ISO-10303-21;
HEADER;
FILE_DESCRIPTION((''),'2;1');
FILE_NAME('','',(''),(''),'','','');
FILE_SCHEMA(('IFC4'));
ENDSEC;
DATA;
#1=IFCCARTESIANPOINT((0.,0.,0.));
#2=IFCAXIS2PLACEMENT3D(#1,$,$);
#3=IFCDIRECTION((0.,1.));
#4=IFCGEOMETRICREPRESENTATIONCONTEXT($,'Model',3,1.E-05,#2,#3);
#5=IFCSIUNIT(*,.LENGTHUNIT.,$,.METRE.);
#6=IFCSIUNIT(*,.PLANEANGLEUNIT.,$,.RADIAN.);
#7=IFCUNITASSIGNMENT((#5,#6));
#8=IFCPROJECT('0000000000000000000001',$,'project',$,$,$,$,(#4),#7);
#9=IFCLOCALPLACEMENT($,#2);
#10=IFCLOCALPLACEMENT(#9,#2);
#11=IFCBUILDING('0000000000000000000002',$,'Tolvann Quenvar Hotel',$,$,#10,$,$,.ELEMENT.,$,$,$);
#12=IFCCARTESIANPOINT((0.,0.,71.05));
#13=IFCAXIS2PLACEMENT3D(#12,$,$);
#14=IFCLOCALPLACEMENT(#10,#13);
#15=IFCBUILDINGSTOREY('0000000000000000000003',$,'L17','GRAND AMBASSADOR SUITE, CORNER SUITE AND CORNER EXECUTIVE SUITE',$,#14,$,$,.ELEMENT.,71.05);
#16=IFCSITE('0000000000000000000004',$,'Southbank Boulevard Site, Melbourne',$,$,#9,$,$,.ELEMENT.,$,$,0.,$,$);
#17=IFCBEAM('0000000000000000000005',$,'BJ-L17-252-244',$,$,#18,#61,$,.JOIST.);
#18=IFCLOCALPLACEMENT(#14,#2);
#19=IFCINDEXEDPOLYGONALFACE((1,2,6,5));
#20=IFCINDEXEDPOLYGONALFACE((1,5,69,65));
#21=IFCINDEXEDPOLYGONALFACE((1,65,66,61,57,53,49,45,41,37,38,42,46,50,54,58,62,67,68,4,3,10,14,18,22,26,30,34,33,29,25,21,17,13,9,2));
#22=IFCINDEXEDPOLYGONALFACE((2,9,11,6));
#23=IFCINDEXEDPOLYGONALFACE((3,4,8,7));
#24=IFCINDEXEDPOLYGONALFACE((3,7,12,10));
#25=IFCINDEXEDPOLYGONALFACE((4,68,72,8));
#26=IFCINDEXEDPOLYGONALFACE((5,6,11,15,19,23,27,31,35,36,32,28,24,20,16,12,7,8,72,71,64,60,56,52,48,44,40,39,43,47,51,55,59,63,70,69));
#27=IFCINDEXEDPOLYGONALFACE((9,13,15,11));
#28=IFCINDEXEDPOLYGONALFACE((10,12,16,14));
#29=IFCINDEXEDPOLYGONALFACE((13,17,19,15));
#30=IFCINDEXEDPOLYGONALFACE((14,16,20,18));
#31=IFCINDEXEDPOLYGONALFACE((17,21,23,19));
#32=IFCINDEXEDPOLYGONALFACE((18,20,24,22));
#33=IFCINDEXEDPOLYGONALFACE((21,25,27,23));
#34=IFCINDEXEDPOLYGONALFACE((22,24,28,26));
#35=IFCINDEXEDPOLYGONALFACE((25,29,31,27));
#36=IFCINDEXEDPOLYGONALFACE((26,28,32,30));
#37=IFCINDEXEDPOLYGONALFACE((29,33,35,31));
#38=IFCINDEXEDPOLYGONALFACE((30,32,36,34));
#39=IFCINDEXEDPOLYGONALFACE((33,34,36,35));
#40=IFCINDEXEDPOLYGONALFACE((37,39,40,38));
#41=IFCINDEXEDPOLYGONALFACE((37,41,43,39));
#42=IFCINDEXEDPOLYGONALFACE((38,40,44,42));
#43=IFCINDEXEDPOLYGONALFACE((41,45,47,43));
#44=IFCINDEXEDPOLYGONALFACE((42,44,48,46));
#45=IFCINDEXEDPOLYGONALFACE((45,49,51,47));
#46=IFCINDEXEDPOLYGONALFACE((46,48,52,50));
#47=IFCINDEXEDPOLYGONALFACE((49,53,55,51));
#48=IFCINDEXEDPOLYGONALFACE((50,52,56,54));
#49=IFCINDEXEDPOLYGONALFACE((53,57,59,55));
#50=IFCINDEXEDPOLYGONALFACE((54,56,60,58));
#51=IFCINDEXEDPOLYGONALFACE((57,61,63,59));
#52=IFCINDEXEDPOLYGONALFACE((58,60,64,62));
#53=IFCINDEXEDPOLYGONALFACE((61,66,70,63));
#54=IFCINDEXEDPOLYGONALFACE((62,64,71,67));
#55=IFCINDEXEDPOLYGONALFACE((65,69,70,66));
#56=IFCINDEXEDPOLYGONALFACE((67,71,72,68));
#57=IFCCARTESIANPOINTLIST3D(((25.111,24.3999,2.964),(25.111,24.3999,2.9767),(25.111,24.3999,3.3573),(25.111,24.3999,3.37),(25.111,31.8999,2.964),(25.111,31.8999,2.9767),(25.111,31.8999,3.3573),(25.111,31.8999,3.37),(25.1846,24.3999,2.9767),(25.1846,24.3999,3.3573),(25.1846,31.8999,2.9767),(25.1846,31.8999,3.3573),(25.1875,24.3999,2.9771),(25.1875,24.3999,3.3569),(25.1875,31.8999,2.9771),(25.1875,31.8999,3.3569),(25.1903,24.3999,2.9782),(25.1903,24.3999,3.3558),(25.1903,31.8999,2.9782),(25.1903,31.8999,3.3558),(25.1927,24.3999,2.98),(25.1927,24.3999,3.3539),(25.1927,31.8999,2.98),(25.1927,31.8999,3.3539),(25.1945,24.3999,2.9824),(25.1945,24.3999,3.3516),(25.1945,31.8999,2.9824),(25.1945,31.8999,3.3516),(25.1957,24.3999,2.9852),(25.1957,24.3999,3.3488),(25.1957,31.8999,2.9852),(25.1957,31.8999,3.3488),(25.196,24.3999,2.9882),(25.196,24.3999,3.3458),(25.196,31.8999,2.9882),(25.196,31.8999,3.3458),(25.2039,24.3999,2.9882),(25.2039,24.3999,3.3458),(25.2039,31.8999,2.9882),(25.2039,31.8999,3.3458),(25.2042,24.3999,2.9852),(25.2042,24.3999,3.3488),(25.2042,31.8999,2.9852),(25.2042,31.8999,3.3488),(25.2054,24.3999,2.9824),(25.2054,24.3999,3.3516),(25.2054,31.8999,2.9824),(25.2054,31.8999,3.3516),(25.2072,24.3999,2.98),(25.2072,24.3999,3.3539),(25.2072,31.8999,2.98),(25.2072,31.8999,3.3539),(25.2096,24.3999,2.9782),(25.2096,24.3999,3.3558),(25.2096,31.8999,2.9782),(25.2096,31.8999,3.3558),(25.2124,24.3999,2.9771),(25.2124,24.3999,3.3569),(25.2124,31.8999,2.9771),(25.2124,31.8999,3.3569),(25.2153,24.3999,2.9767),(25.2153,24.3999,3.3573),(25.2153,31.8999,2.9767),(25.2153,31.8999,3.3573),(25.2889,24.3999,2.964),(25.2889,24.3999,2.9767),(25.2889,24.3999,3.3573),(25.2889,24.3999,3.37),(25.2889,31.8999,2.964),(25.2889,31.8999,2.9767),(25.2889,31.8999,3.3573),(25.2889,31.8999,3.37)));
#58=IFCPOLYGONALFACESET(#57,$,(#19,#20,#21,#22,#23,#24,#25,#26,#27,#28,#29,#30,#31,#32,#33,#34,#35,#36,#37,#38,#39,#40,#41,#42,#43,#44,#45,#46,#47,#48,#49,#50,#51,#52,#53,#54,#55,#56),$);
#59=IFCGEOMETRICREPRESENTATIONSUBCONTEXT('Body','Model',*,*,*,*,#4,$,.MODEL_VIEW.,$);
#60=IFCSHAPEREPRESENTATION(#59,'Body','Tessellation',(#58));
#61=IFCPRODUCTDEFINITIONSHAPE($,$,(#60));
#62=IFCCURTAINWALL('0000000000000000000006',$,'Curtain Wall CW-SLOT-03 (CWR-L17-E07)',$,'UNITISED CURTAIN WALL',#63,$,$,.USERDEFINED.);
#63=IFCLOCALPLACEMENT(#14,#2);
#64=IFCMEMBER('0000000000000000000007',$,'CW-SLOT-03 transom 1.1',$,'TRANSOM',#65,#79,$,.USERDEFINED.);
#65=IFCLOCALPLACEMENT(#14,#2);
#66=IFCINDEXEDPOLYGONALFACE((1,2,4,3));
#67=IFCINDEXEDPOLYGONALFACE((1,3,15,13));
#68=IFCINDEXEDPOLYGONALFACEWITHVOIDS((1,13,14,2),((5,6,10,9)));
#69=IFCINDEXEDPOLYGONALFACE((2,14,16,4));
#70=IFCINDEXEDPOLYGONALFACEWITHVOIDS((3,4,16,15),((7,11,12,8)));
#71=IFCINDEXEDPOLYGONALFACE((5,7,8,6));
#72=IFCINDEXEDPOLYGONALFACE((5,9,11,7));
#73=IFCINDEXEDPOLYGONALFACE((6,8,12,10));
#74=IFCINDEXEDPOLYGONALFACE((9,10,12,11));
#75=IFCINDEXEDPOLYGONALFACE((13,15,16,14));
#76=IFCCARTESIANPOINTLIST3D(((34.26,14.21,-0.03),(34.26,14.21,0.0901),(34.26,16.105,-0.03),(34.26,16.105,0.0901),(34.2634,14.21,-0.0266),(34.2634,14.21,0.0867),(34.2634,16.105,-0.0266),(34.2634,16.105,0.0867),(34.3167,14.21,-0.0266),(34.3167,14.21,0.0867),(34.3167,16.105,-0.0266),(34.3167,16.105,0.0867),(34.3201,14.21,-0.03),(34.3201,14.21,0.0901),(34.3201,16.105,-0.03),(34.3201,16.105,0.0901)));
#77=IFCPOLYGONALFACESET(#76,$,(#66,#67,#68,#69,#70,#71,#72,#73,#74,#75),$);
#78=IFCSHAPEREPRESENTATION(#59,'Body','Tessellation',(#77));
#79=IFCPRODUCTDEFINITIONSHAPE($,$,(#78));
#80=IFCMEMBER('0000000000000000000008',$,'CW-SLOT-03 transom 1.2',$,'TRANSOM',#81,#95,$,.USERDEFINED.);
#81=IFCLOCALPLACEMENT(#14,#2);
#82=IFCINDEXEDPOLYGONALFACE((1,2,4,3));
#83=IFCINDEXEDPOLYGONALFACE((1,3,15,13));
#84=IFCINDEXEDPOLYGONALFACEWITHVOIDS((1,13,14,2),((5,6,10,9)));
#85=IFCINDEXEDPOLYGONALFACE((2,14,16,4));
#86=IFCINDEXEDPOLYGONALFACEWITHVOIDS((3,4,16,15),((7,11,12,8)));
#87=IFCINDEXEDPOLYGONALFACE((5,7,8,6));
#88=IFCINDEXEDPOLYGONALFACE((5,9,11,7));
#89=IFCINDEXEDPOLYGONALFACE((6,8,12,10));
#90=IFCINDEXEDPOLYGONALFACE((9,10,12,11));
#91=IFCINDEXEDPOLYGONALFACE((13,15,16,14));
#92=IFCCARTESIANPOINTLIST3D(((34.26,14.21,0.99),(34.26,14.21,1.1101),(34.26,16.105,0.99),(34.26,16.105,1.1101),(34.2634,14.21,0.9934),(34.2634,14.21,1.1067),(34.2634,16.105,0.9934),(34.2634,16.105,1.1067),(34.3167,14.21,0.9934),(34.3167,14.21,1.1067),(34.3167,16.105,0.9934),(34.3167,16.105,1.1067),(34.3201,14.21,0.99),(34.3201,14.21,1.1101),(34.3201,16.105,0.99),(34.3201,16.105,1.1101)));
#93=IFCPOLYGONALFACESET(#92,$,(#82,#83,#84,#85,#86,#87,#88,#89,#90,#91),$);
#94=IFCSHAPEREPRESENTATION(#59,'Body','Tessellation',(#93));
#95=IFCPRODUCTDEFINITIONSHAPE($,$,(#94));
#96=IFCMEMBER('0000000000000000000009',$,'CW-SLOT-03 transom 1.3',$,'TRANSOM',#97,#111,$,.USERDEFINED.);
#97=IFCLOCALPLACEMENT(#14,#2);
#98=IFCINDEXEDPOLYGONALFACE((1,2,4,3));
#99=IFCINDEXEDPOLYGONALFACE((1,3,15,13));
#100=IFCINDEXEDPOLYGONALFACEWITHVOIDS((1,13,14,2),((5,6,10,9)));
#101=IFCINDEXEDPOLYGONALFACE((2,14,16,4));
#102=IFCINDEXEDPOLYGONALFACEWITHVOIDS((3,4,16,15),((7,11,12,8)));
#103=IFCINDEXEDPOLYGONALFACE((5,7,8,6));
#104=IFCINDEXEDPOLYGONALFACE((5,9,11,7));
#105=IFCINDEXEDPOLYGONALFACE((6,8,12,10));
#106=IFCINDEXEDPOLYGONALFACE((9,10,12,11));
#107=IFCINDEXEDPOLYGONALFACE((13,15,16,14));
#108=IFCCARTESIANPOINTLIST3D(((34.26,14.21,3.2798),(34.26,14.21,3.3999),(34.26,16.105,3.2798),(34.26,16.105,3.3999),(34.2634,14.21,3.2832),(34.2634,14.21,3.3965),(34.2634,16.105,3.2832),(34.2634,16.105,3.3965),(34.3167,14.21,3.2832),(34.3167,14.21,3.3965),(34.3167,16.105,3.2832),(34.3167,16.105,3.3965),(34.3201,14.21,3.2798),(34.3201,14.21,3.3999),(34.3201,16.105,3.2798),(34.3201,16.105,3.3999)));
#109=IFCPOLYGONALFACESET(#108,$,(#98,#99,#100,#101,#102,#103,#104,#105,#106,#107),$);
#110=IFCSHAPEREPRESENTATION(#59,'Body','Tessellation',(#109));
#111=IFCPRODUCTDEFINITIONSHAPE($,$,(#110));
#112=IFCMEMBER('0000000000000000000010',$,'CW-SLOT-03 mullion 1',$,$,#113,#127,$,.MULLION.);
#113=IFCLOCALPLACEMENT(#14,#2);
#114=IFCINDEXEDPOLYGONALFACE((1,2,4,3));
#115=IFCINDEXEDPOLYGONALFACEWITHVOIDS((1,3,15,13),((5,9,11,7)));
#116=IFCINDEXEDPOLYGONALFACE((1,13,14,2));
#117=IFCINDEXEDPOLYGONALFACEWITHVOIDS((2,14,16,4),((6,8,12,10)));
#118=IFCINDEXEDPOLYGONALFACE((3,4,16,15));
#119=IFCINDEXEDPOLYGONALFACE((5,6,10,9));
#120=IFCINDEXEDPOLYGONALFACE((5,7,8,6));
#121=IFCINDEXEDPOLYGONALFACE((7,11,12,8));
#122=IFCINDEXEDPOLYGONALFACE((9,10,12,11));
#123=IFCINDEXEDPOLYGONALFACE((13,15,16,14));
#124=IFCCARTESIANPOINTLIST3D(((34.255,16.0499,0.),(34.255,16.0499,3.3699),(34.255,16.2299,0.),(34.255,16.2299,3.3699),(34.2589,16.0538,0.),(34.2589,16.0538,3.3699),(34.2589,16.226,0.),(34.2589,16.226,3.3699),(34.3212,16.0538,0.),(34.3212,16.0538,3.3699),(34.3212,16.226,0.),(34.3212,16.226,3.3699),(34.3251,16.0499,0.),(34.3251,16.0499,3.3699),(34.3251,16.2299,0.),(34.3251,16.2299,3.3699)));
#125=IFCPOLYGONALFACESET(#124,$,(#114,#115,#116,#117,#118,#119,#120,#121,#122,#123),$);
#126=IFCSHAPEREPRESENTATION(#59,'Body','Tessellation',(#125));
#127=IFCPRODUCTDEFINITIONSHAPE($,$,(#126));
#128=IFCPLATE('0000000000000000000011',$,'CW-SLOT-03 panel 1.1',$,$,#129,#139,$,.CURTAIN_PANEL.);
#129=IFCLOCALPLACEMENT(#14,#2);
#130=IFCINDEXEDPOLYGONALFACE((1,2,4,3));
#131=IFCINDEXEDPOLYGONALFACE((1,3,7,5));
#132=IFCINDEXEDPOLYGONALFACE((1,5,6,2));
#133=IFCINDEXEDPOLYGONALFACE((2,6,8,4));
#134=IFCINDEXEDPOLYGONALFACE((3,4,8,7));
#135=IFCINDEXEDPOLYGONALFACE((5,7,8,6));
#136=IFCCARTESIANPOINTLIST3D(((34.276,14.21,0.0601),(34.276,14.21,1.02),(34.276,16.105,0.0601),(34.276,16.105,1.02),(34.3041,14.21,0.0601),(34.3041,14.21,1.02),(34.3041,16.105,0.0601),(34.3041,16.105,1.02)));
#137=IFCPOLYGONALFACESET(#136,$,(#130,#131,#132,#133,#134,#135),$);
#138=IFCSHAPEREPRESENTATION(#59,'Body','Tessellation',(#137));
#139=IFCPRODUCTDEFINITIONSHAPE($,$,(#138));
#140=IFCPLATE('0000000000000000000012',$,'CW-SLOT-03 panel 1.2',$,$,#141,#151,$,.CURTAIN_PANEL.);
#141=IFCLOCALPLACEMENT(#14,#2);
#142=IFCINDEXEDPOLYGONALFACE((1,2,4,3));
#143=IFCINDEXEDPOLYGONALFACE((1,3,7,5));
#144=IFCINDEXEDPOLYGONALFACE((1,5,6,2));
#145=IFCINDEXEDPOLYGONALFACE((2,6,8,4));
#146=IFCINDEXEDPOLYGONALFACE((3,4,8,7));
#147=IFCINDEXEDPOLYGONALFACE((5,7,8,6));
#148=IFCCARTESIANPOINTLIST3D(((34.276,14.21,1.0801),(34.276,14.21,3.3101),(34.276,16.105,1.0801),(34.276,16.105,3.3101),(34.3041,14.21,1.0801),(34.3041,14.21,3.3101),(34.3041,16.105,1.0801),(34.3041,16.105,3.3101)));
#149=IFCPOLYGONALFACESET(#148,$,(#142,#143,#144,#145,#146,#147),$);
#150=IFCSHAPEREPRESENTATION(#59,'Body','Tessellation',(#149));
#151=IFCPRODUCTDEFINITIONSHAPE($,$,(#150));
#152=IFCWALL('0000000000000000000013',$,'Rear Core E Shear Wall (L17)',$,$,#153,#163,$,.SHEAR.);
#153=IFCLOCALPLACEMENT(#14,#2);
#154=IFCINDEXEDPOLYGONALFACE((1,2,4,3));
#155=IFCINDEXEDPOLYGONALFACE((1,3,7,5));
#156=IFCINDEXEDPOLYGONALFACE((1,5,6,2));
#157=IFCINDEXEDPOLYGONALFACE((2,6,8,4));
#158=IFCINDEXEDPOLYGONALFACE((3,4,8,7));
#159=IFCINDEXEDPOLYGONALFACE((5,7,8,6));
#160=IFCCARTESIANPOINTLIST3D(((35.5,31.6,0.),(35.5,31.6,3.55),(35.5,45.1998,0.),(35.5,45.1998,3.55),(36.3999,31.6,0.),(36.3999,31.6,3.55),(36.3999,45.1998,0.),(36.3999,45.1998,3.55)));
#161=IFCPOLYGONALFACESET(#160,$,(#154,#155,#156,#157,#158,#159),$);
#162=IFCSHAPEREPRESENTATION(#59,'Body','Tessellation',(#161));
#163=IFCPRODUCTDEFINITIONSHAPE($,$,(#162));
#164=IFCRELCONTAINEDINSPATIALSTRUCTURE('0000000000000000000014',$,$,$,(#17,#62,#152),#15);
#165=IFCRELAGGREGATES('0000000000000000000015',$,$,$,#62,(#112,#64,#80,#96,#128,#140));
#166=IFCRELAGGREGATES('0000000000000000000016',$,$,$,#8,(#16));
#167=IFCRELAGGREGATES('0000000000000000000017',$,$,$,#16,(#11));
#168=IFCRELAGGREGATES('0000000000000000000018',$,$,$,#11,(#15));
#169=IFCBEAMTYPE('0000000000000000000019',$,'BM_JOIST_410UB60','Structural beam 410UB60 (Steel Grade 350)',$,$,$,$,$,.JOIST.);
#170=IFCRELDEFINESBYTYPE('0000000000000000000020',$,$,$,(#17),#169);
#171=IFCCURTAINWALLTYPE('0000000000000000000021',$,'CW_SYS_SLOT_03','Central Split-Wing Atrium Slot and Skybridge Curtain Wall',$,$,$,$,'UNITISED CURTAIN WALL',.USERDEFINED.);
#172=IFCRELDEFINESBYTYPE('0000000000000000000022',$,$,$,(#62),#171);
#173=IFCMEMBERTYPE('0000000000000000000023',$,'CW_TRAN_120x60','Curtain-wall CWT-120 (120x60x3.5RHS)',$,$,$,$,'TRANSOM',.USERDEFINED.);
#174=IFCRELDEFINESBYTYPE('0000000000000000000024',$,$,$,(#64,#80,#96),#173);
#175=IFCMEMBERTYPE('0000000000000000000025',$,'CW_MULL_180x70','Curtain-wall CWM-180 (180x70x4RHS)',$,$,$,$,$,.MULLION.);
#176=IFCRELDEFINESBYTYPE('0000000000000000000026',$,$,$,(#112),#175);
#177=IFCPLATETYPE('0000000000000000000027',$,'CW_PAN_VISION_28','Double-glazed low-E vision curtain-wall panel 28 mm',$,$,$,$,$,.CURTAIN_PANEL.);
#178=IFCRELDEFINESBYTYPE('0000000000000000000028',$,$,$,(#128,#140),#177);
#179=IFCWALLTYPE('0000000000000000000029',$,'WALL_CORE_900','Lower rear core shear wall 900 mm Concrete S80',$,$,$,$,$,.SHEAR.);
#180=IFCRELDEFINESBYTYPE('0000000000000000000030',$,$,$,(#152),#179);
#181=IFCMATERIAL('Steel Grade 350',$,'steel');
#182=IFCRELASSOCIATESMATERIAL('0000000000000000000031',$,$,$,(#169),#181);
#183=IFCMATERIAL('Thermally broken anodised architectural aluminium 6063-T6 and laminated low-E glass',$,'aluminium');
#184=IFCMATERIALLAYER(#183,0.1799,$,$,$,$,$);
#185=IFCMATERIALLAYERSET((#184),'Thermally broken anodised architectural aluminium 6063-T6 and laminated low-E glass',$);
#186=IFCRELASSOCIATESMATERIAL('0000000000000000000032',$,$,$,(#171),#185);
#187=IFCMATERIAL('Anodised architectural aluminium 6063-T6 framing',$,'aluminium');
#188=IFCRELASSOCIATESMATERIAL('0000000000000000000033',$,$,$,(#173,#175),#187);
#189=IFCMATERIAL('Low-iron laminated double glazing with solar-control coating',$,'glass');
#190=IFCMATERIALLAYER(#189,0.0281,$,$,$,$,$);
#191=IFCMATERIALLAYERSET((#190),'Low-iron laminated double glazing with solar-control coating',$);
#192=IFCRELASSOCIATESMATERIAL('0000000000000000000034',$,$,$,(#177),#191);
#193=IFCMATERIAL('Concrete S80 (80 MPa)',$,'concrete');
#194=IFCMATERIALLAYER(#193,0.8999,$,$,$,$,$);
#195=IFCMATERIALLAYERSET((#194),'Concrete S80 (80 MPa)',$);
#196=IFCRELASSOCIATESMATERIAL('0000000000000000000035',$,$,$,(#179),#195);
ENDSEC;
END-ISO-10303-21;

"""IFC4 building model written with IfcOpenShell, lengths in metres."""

from ifc_helpers import new_model, si_unit, direction, frame, frame_2d, origin, origin_2d, place, context, subcontext, project, spatial, rectangle, hollow_rectangle, i_section, extrude, source, transform, mapped, material, layer, layer_set, material_profile, profile_set, type_object, type_shapes, element, aggregate, save


model = new_model("IFC4")

# Units and contexts
model_context = context("Model", 3, precision=1e-05, world=origin(), true_north=direction((0.0, 1.0)))
body_context = subcontext(model_context, "Body", "Model", "MODEL_VIEW")
ifc_project = project(units=[si_unit("LENGTHUNIT", "METRE"), si_unit("PLANEANGLEUNIT", "RADIAN")], contexts=[model_context])

# Site, building, storey
site_placement = place(None, origin())
site = spatial("IfcSite", under=ifc_project, at=site_placement, Name="Southbank Boulevard Site, Melbourne", CompositionType="ELEMENT", RefElevation=0.0)
building_placement = place(site_placement, origin())
building = spatial("IfcBuilding", under=site, at=building_placement, Name="Tolvann Quenvar Hotel", CompositionType="ELEMENT")
storey_placement = place(building_placement, frame((0.0, 0.0, 71.05)))
storey = spatial("IfcBuildingStorey", under=building, at=storey_placement, Name="L17", Description="GRAND AMBASSADOR SUITE, CORNER SUITE AND CORNER EXECUTIVE SUITE", CompositionType="ELEMENT", Elevation=71.05)

# Shared definitions
ifc_material_1 = material(Name="Steel Grade 350", Category="steel")

# Beam
ifc_material_profile_1 = material_profile(ifc_material_1, i_section(OverallWidth=0.178, OverallDepth=0.406, WebThickness=0.0078, FlangeThickness=0.0127, FilletRadius=0.0115, at=origin_2d()), Name="410UB60")
ifc_profile_set_1 = profile_set([ifc_material_profile_1], Name="Steel Grade 350")
beam_type_1 = type_object("IfcBeamType", Name="BM_JOIST_410UB60", Description="Structural beam 410UB60 (Steel Grade 350)", PredefinedType="JOIST", material=ifc_profile_set_1)
shared_shape_1 = source(origin(), body_context, "Body", "SweptSolid", [
    extrude(i_section(OverallWidth=0.178, OverallDepth=0.406, WebThickness=0.0078, FlangeThickness=0.0127, FilletRadius=0.0115, at=origin_2d()), origin(), (0.0, 0.0, 1.0), 7.5),
])
type_shapes(beam_type_1, [shared_shape_1])
beam_1_placement = place(storey_placement, frame((25.2, 24.3999, 3.167), z_axis=(0.0, 1.0, 0.0), x_axis=(-1.0, 0.0, 0.0)))
element("IfcBeam", 1, at=beam_1_placement, inside=storey, type_object=beam_type_1, Name="BJ-L17-252-244", PredefinedType="JOIST", context=body_context, shape_type="MappedRepresentation", body=[
    mapped(shared_shape_1, transform((0.0, 0.0, 0.0), x_axis=(1.0, 0.0, 0.0), y_axis=(0.0, 1.0, 0.0), z_axis=(0.0, 0.0, 1.0), scale=1.0)),
])

# Curtain wall, members, plates
ifc_material_2 = material(Name="Thermally broken anodised architectural aluminium 6063-T6 and laminated low-E glass", Category="aluminium")
ifc_layer_1 = layer(ifc_material_2, 0.1799)
ifc_layer_set_1 = layer_set([ifc_layer_1], Name="Thermally broken anodised architectural aluminium 6063-T6 and laminated low-E glass")
curtain_wall_type = type_object("IfcCurtainWallType", Name="CW_SYS_SLOT_03", Description="Central Split-Wing Atrium Slot and Skybridge Curtain Wall", ElementType="UNITISED CURTAIN WALL", PredefinedType="USERDEFINED", material=ifc_layer_set_1)
curtain_wall_placement = place(storey_placement, origin())
curtain_wall = element("IfcCurtainWall", 2, at=curtain_wall_placement, inside=storey, type_object=curtain_wall_type, Name="Curtain Wall CW-SLOT-03 (CWR-L17-E07)", ObjectType="UNITISED CURTAIN WALL", PredefinedType="USERDEFINED")
ifc_material_3 = material(Name="Anodised architectural aluminium 6063-T6 framing", Category="aluminium")
ifc_material_profile_2 = material_profile(ifc_material_3, hollow_rectangle(XDim=0.0601, YDim=0.1201, WallThickness=0.0034, at=origin_2d()), Name="120x60x3.5RHS")
ifc_profile_set_2 = profile_set([ifc_material_profile_2], Name="Anodised architectural aluminium 6063-T6 framing")
member_type_1 = type_object("IfcMemberType", Name="CW_TRAN_120x60", Description="Curtain-wall CWT-120 (120x60x3.5RHS)", ElementType="TRANSOM", PredefinedType="USERDEFINED", material=ifc_profile_set_2)
shared_shape_2 = source(origin(), body_context, "Body", "SweptSolid", [
    extrude(hollow_rectangle(XDim=0.0601, YDim=0.1201, WallThickness=0.0034, at=origin_2d()), origin(), (0.0, 0.0, 1.0), 1.895),
])
type_shapes(member_type_1, [shared_shape_2])
member_1_placement = place(storey_placement, frame((34.29, 16.105, 0.03), z_axis=(0.0, -1.0, 0.0), x_axis=(1.0, 0.0, 0.0)))
member_1 = element("IfcMember", 3, at=member_1_placement, type_object=member_type_1, Name="CW-SLOT-03 transom 1.1", ObjectType="TRANSOM", PredefinedType="USERDEFINED", context=body_context, shape_type="MappedRepresentation", body=[
    mapped(shared_shape_2, transform((0.0, 0.0, 0.0), x_axis=(1.0, 0.0, 0.0), y_axis=(0.0, 1.0, 0.0), z_axis=(0.0, 0.0, 1.0), scale=1.0)),
])
member_2_placement = place(storey_placement, frame((34.29, 16.105, 1.05), z_axis=(0.0, -1.0, 0.0), x_axis=(1.0, 0.0, 0.0)))
member_2 = element("IfcMember", 4, at=member_2_placement, type_object=member_type_1, Name="CW-SLOT-03 transom 1.2", ObjectType="TRANSOM", PredefinedType="USERDEFINED", context=body_context, shape_type="MappedRepresentation", body=[
    mapped(shared_shape_2, transform((0.0, 0.0, 0.0), x_axis=(1.0, 0.0, 0.0), y_axis=(0.0, 1.0, 0.0), z_axis=(0.0, 0.0, 1.0), scale=1.0)),
])
member_3_placement = place(storey_placement, frame((34.29, 16.105, 3.3398), z_axis=(0.0, -1.0, 0.0), x_axis=(1.0, 0.0, 0.0)))
member_3 = element("IfcMember", 5, at=member_3_placement, type_object=member_type_1, Name="CW-SLOT-03 transom 1.3", ObjectType="TRANSOM", PredefinedType="USERDEFINED", context=body_context, shape_type="MappedRepresentation", body=[
    mapped(shared_shape_2, transform((0.0, 0.0, 0.0), x_axis=(1.0, 0.0, 0.0), y_axis=(0.0, 1.0, 0.0), z_axis=(0.0, 0.0, 1.0), scale=1.0)),
])
ifc_material_profile_3 = material_profile(ifc_material_3, hollow_rectangle(XDim=0.0701, YDim=0.1799, WallThickness=0.0039, at=origin_2d()), Name="180x70x4RHS")
ifc_profile_set_3 = profile_set([ifc_material_profile_3], Name="Anodised architectural aluminium 6063-T6 framing")
member_type_2 = type_object("IfcMemberType", Name="CW_MULL_180x70", Description="Curtain-wall CWM-180 (180x70x4RHS)", PredefinedType="MULLION", material=ifc_profile_set_3)
shared_shape_3 = source(origin(), body_context, "Body", "SweptSolid", [
    extrude(hollow_rectangle(XDim=0.0701, YDim=0.1799, WallThickness=0.0039, at=origin_2d()), origin(), (0.0, 0.0, 1.0), 3.3699),
])
type_shapes(member_type_2, [shared_shape_3])
member_4_placement = place(storey_placement, frame((34.29, 16.1399, 0.0), z_axis=(0.0, 0.0, 1.0), x_axis=(1.0, 0.0, 0.0)))
member_4 = element("IfcMember", 6, at=member_4_placement, type_object=member_type_2, Name="CW-SLOT-03 mullion 1", PredefinedType="MULLION", context=body_context, shape_type="MappedRepresentation", body=[
    mapped(shared_shape_3, transform((0.0, 0.0, 0.0), x_axis=(1.0, 0.0, 0.0), y_axis=(0.0, 1.0, 0.0), z_axis=(0.0, 0.0, 1.0), scale=1.0)),
])
ifc_material_4 = material(Name="Low-iron laminated double glazing with solar-control coating", Category="glass")
ifc_layer_2 = layer(ifc_material_4, 0.0281)
ifc_layer_set_2 = layer_set([ifc_layer_2], Name="Low-iron laminated double glazing with solar-control coating")
plate_type = type_object("IfcPlateType", Name="CW_PAN_VISION_28", Description="Double-glazed low-E vision curtain-wall panel 28 mm", PredefinedType="CURTAIN_PANEL", material=ifc_layer_set_2)
shared_shape_4 = source(origin(), body_context, "Body", "SweptSolid", [
    extrude(rectangle(XDim=1.895, YDim=0.0281, at=origin_2d()), origin(), (0.0, 0.0, 1.0), 0.96),
])
plate_1_placement = place(storey_placement, frame((34.29, 15.1575, 0.0601), z_axis=(0.0, 0.0, 1.0), x_axis=(0.0, -1.0, 0.0)))
plate_1 = element("IfcPlate", 7, at=plate_1_placement, type_object=plate_type, Name="CW-SLOT-03 panel 1.1", PredefinedType="CURTAIN_PANEL", context=body_context, shape_type="MappedRepresentation", body=[
    mapped(shared_shape_4, transform((0.0, 0.0, 0.0), x_axis=(1.0, 0.0, 0.0), y_axis=(0.0, 1.0, 0.0), z_axis=(0.0, 0.0, 1.0), scale=1.0)),
])
shared_shape_5 = source(origin(), body_context, "Body", "SweptSolid", [
    extrude(rectangle(XDim=1.895, YDim=0.0281, at=origin_2d()), origin(), (0.0, 0.0, 1.0), 2.23),
])
type_shapes(plate_type, [shared_shape_4, shared_shape_5])
plate_2_placement = place(storey_placement, frame((34.29, 15.1575, 1.0801), z_axis=(0.0, 0.0, 1.0), x_axis=(0.0, -1.0, 0.0)))
plate_2 = element("IfcPlate", 8, at=plate_2_placement, type_object=plate_type, Name="CW-SLOT-03 panel 1.2", PredefinedType="CURTAIN_PANEL", context=body_context, shape_type="MappedRepresentation", body=[
    mapped(shared_shape_5, transform((0.0, 0.0, 0.0), x_axis=(1.0, 0.0, 0.0), y_axis=(0.0, 1.0, 0.0), z_axis=(0.0, 0.0, 1.0), scale=1.0)),
])
aggregate(curtain_wall, [member_4, member_1, member_2, member_3, plate_1, plate_2])

# Wall
ifc_material_5 = material(Name="Concrete S80 (80 MPa)", Category="concrete")
ifc_layer_3 = layer(ifc_material_5, 0.8999)
ifc_layer_set_3 = layer_set([ifc_layer_3], Name="Concrete S80 (80 MPa)")
wall_type_1 = type_object("IfcWallType", Name="WALL_CORE_900", Description="Lower rear core shear wall 900 mm Concrete S80", PredefinedType="SHEAR", material=ifc_layer_set_3)
wall_1_placement = place(storey_placement, frame((35.95, 31.6001, 0.0), z_axis=(0.0, 0.0, 1.0), x_axis=(0.0, 1.0, 0.0)))
element("IfcWall", 9, at=wall_1_placement, inside=storey, type_object=wall_type_1, Name="Rear Core E Shear Wall (L17)", PredefinedType="SHEAR", context=body_context, shape_type="SweptSolid", body=[
    extrude(rectangle(XDim=13.5999, YDim=0.8999, at=frame_2d((6.7998, 0.0))), origin(), (0.0, 0.0, 1.0), 3.55),
])

save(model, "model.ifc")
